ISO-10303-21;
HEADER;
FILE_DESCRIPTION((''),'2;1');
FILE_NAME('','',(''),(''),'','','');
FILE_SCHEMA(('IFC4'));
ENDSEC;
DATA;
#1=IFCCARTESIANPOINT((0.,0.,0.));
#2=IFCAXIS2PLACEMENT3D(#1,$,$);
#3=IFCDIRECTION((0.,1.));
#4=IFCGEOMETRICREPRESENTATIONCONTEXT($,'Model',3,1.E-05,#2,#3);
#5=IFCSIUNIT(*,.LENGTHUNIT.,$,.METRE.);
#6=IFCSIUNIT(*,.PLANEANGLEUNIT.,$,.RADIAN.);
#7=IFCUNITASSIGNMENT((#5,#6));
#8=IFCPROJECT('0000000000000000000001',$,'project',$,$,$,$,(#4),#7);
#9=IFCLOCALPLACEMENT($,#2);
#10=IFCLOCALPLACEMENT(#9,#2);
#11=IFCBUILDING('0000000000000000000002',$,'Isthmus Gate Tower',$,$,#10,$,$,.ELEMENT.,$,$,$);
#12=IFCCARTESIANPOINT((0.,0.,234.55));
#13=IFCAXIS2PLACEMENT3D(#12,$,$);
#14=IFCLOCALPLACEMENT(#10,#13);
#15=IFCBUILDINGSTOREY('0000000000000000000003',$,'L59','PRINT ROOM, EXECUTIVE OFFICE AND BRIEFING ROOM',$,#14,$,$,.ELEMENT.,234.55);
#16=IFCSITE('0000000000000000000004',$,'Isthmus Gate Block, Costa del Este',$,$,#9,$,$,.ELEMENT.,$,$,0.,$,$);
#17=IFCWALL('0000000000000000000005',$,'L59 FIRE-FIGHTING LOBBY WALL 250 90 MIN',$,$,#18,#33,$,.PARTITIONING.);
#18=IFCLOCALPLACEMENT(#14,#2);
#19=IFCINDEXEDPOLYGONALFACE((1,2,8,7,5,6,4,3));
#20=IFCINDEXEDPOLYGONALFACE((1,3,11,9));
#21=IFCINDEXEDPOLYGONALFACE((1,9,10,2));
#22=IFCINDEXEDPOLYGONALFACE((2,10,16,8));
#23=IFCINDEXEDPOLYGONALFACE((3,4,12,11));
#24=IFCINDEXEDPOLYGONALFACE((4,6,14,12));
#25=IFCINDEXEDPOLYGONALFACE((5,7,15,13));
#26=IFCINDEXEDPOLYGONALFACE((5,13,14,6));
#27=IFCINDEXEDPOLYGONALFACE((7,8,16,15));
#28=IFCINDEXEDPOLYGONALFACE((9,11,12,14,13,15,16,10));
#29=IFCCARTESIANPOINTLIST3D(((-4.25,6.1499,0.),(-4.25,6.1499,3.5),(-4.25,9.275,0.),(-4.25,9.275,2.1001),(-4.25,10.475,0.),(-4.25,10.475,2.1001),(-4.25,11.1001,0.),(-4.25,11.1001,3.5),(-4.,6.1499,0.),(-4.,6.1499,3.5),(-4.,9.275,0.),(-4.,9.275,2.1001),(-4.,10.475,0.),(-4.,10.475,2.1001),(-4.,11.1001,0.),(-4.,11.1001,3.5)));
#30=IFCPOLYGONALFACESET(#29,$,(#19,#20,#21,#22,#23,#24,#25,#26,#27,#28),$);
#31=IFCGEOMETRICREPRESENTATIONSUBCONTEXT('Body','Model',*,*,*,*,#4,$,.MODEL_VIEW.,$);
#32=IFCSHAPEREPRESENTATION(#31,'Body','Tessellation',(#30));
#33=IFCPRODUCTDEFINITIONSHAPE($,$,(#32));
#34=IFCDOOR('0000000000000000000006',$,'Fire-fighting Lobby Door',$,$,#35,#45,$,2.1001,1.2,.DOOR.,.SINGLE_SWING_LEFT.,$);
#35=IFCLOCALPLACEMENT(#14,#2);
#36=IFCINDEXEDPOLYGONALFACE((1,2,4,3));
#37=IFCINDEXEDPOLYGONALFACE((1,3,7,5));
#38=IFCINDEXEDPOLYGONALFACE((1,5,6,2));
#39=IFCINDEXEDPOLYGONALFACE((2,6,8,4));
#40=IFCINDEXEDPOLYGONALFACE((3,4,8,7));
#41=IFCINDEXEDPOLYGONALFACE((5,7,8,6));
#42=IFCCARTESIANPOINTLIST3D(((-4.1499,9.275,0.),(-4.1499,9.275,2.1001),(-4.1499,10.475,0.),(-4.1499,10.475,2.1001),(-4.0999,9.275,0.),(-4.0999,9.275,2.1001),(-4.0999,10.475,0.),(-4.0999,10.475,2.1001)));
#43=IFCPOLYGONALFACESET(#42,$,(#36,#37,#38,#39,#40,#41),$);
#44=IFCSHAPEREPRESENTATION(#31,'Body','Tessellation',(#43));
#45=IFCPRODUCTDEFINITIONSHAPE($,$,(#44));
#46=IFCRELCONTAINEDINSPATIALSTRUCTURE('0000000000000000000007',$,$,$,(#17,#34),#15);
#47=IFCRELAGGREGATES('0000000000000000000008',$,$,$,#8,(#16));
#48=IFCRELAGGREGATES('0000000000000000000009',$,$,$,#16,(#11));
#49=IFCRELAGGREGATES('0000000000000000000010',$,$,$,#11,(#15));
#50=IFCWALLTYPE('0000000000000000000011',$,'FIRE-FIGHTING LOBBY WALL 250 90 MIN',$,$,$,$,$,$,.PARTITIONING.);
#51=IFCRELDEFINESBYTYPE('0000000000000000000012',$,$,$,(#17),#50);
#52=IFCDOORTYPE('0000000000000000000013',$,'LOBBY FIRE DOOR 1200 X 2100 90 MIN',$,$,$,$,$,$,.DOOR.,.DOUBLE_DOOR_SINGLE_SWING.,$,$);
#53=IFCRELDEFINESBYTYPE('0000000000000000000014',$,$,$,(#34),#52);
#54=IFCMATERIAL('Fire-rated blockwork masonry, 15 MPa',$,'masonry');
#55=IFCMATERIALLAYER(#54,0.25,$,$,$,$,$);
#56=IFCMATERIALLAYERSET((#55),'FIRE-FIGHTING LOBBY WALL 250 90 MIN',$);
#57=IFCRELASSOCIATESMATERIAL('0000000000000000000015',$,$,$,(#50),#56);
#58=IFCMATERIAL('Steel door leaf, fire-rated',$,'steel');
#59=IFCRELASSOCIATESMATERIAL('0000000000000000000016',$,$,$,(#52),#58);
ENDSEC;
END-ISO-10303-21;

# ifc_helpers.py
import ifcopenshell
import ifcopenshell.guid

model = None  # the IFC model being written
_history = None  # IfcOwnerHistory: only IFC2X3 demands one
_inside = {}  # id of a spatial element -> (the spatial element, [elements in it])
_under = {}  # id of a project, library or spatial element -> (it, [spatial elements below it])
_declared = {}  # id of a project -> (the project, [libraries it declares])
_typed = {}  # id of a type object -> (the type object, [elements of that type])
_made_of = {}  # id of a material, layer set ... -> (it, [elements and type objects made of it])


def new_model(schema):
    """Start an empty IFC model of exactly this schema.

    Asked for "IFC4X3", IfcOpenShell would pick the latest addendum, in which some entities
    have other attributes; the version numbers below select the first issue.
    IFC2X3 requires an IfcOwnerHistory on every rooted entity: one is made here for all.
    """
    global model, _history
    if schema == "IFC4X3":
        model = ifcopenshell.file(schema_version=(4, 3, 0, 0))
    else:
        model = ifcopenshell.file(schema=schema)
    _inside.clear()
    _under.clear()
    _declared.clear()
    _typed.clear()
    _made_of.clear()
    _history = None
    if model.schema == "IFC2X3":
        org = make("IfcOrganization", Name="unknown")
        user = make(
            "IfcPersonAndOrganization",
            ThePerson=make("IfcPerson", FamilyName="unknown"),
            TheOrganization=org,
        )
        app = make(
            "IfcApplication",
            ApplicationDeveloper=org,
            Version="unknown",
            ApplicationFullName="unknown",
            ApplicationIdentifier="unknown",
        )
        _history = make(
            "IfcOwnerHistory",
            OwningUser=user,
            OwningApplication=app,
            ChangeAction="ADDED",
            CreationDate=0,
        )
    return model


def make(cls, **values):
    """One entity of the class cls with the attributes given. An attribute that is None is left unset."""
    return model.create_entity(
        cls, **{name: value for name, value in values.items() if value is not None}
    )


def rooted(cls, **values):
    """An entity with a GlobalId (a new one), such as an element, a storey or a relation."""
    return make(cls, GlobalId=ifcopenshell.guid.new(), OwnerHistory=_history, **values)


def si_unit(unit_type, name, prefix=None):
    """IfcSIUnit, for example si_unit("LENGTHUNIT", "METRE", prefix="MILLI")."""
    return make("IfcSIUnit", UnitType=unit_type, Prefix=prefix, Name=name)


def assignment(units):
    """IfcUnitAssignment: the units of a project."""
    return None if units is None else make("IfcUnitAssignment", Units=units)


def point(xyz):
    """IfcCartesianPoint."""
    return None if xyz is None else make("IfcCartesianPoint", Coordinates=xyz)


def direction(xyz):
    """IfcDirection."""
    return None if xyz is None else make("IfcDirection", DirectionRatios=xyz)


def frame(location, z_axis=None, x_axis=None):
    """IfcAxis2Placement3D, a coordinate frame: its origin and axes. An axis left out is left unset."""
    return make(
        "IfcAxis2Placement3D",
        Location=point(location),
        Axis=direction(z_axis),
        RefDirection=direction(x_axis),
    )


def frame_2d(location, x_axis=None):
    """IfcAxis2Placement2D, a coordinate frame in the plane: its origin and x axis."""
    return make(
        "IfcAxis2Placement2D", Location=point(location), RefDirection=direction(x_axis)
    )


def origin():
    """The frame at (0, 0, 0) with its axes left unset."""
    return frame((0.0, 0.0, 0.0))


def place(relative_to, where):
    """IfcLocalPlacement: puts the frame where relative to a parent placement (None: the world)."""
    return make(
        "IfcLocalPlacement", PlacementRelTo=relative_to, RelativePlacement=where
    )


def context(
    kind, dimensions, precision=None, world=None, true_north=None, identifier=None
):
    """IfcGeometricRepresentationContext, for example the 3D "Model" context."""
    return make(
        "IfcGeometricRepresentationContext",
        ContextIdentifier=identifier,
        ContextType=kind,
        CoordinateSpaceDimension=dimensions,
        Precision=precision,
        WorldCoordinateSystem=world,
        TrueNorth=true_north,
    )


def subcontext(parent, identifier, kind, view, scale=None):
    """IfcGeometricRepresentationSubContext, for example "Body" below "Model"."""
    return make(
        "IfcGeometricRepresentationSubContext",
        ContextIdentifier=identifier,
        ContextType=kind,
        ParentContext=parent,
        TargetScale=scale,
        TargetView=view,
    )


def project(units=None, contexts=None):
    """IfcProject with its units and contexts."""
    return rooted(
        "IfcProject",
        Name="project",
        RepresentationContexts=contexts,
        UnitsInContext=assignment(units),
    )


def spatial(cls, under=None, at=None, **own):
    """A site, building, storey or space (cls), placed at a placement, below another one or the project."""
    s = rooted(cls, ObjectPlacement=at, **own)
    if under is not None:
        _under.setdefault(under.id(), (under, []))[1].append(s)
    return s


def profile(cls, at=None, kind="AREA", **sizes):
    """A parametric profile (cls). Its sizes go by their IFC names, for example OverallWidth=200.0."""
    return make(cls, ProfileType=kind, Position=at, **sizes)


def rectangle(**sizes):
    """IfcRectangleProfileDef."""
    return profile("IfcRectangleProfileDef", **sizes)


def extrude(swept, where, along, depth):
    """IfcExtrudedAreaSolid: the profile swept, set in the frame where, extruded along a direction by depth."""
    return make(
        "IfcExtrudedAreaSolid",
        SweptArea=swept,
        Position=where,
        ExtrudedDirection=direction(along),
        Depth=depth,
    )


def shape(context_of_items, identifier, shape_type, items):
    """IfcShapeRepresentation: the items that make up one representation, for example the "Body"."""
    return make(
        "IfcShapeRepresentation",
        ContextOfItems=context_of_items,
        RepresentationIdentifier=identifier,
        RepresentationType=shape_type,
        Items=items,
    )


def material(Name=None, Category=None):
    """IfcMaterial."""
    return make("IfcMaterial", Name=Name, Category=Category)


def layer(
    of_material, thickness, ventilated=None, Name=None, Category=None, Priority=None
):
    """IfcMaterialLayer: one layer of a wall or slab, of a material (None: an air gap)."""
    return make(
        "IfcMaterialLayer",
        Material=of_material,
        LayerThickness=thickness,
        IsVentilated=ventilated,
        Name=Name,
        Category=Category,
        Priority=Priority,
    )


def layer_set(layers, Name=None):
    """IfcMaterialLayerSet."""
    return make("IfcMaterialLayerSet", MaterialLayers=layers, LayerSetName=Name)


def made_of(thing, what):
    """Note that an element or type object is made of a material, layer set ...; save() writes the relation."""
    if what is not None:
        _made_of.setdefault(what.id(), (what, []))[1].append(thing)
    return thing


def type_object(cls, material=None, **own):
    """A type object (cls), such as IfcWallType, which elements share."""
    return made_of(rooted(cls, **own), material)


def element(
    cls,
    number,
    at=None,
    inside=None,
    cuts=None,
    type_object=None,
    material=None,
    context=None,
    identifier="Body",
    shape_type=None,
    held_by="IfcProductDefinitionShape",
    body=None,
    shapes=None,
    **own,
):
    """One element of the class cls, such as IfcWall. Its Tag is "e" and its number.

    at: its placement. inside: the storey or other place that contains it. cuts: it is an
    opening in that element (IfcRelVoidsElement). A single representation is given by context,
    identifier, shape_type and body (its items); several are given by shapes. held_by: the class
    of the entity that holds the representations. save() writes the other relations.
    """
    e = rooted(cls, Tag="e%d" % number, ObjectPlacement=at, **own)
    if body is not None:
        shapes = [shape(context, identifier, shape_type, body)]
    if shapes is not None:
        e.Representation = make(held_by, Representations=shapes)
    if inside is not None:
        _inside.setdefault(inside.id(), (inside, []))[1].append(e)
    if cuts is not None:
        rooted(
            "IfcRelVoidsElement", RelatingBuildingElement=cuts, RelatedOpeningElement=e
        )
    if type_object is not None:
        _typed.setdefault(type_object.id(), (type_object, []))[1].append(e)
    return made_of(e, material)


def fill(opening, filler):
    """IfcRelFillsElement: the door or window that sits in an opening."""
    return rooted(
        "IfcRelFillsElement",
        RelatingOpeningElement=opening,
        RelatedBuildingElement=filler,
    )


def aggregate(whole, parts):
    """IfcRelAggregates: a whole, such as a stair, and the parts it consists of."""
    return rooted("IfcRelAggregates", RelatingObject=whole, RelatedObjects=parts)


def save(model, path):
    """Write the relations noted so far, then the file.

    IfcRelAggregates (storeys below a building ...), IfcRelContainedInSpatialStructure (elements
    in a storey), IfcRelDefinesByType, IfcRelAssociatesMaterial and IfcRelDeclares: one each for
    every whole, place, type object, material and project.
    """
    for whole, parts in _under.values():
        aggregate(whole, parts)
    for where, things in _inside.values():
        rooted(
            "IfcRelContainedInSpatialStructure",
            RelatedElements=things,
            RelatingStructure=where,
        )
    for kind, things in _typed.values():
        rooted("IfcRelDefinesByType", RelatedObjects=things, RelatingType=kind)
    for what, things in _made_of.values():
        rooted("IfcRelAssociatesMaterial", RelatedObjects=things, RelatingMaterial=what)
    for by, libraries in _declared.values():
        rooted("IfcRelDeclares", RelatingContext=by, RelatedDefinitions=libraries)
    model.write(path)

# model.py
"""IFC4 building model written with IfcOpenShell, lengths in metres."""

from ifc_helpers import new_model, si_unit, direction, frame, frame_2d, origin, place, context, subcontext, project, spatial, rectangle, extrude, material, layer, layer_set, type_object, element, fill, save


model = new_model("IFC4")

# Units and contexts
model_context = context("Model", 3, precision=1e-05, world=origin(), true_north=direction((0.0, 1.0)))
body_context = subcontext(model_context, "Body", "Model", "MODEL_VIEW")
ifc_project = project(units=[si_unit("LENGTHUNIT", "METRE"), si_unit("PLANEANGLEUNIT", "RADIAN")], contexts=[model_context])

# Site, building, storey
site_placement = place(None, origin())
site = spatial("IfcSite", under=ifc_project, at=site_placement, Name="Isthmus Gate Block, Costa del Este", CompositionType="ELEMENT", RefElevation=0.0)
building_placement = place(site_placement, origin())
building = spatial("IfcBuilding", under=site, at=building_placement, Name="Isthmus Gate Tower", CompositionType="ELEMENT")
storey_placement = place(building_placement, frame((0.0, 0.0, 234.55)))
storey = spatial("IfcBuildingStorey", under=building, at=storey_placement, Name="L59", Description="PRINT ROOM, EXECUTIVE OFFICE AND BRIEFING ROOM", CompositionType="ELEMENT", Elevation=234.55)

# Wall, opening, door
ifc_material_1 = material(Name="Fire-rated blockwork masonry, 15 MPa", Category="masonry")
ifc_layer_1 = layer(ifc_material_1, 0.25)
ifc_layer_set_1 = layer_set([ifc_layer_1], Name="FIRE-FIGHTING LOBBY WALL 250 90 MIN")
wall_type_1 = type_object("IfcWallType", Name="FIRE-FIGHTING LOBBY WALL 250 90 MIN", PredefinedType="PARTITIONING", material=ifc_layer_set_1)
wall_1_placement = place(storey_placement, frame((-4.125, 6.1499, 0.0), z_axis=(0.0, 0.0, 1.0), x_axis=(0.0, 1.0, 0.0)))
wall_1 = element("IfcWall", 1, at=wall_1_placement, inside=storey, type_object=wall_type_1, Name="L59 FIRE-FIGHTING LOBBY WALL 250 90 MIN", PredefinedType="PARTITIONING", context=body_context, shape_type="SweptSolid", body=[
    extrude(rectangle(XDim=4.9502, YDim=0.25, at=frame_2d((2.4751, 0.0))), origin(), (0.0, 0.0, 1.0), 3.5),
])
opening_1_placement = place(wall_1_placement, frame((3.125, 0.0, 0.0)))
opening_1 = element("IfcOpeningElement", 2, at=opening_1_placement, cuts=wall_1, PredefinedType="OPENING", context=body_context, shape_type="SweptSolid", body=[
    extrude(rectangle(XDim=1.2, YDim=2.1001, at=frame_2d((0.6001, 1.05))), frame((0.0, 0.135, 0.0), z_axis=(0.0, -1.0, 0.0), x_axis=(1.0, 0.0, 0.0)), (0.0, 0.0, 1.0), 0.27),
])
ifc_material_2 = material(Name="Steel door leaf, fire-rated", Category="steel")
door_type_1 = type_object("IfcDoorType", Name="LOBBY FIRE DOOR 1200 X 2100 90 MIN", OperationType="DOUBLE_DOOR_SINGLE_SWING", PredefinedType="DOOR", material=ifc_material_2)
door_1_placement = place(opening_1_placement, origin())
door_1 = element("IfcDoor", 3, at=door_1_placement, inside=storey, type_object=door_type_1, Name="Fire-fighting Lobby Door", OperationType="SINGLE_SWING_LEFT", OverallHeight=2.1001, OverallWidth=1.2, PredefinedType="DOOR", context=body_context, shape_type="SweptSolid", body=[
    extrude(rectangle(XDim=1.2, YDim=2.1001, at=frame_2d((0.6001, 1.05))), frame((0.0, 0.0249, 0.0), z_axis=(0.0, -1.0, 0.0), x_axis=(1.0, 0.0, 0.0)), (0.0, 0.0, 1.0), 0.05),
])
fill(opening_1, door_1)

save(model, "model.ifc")
